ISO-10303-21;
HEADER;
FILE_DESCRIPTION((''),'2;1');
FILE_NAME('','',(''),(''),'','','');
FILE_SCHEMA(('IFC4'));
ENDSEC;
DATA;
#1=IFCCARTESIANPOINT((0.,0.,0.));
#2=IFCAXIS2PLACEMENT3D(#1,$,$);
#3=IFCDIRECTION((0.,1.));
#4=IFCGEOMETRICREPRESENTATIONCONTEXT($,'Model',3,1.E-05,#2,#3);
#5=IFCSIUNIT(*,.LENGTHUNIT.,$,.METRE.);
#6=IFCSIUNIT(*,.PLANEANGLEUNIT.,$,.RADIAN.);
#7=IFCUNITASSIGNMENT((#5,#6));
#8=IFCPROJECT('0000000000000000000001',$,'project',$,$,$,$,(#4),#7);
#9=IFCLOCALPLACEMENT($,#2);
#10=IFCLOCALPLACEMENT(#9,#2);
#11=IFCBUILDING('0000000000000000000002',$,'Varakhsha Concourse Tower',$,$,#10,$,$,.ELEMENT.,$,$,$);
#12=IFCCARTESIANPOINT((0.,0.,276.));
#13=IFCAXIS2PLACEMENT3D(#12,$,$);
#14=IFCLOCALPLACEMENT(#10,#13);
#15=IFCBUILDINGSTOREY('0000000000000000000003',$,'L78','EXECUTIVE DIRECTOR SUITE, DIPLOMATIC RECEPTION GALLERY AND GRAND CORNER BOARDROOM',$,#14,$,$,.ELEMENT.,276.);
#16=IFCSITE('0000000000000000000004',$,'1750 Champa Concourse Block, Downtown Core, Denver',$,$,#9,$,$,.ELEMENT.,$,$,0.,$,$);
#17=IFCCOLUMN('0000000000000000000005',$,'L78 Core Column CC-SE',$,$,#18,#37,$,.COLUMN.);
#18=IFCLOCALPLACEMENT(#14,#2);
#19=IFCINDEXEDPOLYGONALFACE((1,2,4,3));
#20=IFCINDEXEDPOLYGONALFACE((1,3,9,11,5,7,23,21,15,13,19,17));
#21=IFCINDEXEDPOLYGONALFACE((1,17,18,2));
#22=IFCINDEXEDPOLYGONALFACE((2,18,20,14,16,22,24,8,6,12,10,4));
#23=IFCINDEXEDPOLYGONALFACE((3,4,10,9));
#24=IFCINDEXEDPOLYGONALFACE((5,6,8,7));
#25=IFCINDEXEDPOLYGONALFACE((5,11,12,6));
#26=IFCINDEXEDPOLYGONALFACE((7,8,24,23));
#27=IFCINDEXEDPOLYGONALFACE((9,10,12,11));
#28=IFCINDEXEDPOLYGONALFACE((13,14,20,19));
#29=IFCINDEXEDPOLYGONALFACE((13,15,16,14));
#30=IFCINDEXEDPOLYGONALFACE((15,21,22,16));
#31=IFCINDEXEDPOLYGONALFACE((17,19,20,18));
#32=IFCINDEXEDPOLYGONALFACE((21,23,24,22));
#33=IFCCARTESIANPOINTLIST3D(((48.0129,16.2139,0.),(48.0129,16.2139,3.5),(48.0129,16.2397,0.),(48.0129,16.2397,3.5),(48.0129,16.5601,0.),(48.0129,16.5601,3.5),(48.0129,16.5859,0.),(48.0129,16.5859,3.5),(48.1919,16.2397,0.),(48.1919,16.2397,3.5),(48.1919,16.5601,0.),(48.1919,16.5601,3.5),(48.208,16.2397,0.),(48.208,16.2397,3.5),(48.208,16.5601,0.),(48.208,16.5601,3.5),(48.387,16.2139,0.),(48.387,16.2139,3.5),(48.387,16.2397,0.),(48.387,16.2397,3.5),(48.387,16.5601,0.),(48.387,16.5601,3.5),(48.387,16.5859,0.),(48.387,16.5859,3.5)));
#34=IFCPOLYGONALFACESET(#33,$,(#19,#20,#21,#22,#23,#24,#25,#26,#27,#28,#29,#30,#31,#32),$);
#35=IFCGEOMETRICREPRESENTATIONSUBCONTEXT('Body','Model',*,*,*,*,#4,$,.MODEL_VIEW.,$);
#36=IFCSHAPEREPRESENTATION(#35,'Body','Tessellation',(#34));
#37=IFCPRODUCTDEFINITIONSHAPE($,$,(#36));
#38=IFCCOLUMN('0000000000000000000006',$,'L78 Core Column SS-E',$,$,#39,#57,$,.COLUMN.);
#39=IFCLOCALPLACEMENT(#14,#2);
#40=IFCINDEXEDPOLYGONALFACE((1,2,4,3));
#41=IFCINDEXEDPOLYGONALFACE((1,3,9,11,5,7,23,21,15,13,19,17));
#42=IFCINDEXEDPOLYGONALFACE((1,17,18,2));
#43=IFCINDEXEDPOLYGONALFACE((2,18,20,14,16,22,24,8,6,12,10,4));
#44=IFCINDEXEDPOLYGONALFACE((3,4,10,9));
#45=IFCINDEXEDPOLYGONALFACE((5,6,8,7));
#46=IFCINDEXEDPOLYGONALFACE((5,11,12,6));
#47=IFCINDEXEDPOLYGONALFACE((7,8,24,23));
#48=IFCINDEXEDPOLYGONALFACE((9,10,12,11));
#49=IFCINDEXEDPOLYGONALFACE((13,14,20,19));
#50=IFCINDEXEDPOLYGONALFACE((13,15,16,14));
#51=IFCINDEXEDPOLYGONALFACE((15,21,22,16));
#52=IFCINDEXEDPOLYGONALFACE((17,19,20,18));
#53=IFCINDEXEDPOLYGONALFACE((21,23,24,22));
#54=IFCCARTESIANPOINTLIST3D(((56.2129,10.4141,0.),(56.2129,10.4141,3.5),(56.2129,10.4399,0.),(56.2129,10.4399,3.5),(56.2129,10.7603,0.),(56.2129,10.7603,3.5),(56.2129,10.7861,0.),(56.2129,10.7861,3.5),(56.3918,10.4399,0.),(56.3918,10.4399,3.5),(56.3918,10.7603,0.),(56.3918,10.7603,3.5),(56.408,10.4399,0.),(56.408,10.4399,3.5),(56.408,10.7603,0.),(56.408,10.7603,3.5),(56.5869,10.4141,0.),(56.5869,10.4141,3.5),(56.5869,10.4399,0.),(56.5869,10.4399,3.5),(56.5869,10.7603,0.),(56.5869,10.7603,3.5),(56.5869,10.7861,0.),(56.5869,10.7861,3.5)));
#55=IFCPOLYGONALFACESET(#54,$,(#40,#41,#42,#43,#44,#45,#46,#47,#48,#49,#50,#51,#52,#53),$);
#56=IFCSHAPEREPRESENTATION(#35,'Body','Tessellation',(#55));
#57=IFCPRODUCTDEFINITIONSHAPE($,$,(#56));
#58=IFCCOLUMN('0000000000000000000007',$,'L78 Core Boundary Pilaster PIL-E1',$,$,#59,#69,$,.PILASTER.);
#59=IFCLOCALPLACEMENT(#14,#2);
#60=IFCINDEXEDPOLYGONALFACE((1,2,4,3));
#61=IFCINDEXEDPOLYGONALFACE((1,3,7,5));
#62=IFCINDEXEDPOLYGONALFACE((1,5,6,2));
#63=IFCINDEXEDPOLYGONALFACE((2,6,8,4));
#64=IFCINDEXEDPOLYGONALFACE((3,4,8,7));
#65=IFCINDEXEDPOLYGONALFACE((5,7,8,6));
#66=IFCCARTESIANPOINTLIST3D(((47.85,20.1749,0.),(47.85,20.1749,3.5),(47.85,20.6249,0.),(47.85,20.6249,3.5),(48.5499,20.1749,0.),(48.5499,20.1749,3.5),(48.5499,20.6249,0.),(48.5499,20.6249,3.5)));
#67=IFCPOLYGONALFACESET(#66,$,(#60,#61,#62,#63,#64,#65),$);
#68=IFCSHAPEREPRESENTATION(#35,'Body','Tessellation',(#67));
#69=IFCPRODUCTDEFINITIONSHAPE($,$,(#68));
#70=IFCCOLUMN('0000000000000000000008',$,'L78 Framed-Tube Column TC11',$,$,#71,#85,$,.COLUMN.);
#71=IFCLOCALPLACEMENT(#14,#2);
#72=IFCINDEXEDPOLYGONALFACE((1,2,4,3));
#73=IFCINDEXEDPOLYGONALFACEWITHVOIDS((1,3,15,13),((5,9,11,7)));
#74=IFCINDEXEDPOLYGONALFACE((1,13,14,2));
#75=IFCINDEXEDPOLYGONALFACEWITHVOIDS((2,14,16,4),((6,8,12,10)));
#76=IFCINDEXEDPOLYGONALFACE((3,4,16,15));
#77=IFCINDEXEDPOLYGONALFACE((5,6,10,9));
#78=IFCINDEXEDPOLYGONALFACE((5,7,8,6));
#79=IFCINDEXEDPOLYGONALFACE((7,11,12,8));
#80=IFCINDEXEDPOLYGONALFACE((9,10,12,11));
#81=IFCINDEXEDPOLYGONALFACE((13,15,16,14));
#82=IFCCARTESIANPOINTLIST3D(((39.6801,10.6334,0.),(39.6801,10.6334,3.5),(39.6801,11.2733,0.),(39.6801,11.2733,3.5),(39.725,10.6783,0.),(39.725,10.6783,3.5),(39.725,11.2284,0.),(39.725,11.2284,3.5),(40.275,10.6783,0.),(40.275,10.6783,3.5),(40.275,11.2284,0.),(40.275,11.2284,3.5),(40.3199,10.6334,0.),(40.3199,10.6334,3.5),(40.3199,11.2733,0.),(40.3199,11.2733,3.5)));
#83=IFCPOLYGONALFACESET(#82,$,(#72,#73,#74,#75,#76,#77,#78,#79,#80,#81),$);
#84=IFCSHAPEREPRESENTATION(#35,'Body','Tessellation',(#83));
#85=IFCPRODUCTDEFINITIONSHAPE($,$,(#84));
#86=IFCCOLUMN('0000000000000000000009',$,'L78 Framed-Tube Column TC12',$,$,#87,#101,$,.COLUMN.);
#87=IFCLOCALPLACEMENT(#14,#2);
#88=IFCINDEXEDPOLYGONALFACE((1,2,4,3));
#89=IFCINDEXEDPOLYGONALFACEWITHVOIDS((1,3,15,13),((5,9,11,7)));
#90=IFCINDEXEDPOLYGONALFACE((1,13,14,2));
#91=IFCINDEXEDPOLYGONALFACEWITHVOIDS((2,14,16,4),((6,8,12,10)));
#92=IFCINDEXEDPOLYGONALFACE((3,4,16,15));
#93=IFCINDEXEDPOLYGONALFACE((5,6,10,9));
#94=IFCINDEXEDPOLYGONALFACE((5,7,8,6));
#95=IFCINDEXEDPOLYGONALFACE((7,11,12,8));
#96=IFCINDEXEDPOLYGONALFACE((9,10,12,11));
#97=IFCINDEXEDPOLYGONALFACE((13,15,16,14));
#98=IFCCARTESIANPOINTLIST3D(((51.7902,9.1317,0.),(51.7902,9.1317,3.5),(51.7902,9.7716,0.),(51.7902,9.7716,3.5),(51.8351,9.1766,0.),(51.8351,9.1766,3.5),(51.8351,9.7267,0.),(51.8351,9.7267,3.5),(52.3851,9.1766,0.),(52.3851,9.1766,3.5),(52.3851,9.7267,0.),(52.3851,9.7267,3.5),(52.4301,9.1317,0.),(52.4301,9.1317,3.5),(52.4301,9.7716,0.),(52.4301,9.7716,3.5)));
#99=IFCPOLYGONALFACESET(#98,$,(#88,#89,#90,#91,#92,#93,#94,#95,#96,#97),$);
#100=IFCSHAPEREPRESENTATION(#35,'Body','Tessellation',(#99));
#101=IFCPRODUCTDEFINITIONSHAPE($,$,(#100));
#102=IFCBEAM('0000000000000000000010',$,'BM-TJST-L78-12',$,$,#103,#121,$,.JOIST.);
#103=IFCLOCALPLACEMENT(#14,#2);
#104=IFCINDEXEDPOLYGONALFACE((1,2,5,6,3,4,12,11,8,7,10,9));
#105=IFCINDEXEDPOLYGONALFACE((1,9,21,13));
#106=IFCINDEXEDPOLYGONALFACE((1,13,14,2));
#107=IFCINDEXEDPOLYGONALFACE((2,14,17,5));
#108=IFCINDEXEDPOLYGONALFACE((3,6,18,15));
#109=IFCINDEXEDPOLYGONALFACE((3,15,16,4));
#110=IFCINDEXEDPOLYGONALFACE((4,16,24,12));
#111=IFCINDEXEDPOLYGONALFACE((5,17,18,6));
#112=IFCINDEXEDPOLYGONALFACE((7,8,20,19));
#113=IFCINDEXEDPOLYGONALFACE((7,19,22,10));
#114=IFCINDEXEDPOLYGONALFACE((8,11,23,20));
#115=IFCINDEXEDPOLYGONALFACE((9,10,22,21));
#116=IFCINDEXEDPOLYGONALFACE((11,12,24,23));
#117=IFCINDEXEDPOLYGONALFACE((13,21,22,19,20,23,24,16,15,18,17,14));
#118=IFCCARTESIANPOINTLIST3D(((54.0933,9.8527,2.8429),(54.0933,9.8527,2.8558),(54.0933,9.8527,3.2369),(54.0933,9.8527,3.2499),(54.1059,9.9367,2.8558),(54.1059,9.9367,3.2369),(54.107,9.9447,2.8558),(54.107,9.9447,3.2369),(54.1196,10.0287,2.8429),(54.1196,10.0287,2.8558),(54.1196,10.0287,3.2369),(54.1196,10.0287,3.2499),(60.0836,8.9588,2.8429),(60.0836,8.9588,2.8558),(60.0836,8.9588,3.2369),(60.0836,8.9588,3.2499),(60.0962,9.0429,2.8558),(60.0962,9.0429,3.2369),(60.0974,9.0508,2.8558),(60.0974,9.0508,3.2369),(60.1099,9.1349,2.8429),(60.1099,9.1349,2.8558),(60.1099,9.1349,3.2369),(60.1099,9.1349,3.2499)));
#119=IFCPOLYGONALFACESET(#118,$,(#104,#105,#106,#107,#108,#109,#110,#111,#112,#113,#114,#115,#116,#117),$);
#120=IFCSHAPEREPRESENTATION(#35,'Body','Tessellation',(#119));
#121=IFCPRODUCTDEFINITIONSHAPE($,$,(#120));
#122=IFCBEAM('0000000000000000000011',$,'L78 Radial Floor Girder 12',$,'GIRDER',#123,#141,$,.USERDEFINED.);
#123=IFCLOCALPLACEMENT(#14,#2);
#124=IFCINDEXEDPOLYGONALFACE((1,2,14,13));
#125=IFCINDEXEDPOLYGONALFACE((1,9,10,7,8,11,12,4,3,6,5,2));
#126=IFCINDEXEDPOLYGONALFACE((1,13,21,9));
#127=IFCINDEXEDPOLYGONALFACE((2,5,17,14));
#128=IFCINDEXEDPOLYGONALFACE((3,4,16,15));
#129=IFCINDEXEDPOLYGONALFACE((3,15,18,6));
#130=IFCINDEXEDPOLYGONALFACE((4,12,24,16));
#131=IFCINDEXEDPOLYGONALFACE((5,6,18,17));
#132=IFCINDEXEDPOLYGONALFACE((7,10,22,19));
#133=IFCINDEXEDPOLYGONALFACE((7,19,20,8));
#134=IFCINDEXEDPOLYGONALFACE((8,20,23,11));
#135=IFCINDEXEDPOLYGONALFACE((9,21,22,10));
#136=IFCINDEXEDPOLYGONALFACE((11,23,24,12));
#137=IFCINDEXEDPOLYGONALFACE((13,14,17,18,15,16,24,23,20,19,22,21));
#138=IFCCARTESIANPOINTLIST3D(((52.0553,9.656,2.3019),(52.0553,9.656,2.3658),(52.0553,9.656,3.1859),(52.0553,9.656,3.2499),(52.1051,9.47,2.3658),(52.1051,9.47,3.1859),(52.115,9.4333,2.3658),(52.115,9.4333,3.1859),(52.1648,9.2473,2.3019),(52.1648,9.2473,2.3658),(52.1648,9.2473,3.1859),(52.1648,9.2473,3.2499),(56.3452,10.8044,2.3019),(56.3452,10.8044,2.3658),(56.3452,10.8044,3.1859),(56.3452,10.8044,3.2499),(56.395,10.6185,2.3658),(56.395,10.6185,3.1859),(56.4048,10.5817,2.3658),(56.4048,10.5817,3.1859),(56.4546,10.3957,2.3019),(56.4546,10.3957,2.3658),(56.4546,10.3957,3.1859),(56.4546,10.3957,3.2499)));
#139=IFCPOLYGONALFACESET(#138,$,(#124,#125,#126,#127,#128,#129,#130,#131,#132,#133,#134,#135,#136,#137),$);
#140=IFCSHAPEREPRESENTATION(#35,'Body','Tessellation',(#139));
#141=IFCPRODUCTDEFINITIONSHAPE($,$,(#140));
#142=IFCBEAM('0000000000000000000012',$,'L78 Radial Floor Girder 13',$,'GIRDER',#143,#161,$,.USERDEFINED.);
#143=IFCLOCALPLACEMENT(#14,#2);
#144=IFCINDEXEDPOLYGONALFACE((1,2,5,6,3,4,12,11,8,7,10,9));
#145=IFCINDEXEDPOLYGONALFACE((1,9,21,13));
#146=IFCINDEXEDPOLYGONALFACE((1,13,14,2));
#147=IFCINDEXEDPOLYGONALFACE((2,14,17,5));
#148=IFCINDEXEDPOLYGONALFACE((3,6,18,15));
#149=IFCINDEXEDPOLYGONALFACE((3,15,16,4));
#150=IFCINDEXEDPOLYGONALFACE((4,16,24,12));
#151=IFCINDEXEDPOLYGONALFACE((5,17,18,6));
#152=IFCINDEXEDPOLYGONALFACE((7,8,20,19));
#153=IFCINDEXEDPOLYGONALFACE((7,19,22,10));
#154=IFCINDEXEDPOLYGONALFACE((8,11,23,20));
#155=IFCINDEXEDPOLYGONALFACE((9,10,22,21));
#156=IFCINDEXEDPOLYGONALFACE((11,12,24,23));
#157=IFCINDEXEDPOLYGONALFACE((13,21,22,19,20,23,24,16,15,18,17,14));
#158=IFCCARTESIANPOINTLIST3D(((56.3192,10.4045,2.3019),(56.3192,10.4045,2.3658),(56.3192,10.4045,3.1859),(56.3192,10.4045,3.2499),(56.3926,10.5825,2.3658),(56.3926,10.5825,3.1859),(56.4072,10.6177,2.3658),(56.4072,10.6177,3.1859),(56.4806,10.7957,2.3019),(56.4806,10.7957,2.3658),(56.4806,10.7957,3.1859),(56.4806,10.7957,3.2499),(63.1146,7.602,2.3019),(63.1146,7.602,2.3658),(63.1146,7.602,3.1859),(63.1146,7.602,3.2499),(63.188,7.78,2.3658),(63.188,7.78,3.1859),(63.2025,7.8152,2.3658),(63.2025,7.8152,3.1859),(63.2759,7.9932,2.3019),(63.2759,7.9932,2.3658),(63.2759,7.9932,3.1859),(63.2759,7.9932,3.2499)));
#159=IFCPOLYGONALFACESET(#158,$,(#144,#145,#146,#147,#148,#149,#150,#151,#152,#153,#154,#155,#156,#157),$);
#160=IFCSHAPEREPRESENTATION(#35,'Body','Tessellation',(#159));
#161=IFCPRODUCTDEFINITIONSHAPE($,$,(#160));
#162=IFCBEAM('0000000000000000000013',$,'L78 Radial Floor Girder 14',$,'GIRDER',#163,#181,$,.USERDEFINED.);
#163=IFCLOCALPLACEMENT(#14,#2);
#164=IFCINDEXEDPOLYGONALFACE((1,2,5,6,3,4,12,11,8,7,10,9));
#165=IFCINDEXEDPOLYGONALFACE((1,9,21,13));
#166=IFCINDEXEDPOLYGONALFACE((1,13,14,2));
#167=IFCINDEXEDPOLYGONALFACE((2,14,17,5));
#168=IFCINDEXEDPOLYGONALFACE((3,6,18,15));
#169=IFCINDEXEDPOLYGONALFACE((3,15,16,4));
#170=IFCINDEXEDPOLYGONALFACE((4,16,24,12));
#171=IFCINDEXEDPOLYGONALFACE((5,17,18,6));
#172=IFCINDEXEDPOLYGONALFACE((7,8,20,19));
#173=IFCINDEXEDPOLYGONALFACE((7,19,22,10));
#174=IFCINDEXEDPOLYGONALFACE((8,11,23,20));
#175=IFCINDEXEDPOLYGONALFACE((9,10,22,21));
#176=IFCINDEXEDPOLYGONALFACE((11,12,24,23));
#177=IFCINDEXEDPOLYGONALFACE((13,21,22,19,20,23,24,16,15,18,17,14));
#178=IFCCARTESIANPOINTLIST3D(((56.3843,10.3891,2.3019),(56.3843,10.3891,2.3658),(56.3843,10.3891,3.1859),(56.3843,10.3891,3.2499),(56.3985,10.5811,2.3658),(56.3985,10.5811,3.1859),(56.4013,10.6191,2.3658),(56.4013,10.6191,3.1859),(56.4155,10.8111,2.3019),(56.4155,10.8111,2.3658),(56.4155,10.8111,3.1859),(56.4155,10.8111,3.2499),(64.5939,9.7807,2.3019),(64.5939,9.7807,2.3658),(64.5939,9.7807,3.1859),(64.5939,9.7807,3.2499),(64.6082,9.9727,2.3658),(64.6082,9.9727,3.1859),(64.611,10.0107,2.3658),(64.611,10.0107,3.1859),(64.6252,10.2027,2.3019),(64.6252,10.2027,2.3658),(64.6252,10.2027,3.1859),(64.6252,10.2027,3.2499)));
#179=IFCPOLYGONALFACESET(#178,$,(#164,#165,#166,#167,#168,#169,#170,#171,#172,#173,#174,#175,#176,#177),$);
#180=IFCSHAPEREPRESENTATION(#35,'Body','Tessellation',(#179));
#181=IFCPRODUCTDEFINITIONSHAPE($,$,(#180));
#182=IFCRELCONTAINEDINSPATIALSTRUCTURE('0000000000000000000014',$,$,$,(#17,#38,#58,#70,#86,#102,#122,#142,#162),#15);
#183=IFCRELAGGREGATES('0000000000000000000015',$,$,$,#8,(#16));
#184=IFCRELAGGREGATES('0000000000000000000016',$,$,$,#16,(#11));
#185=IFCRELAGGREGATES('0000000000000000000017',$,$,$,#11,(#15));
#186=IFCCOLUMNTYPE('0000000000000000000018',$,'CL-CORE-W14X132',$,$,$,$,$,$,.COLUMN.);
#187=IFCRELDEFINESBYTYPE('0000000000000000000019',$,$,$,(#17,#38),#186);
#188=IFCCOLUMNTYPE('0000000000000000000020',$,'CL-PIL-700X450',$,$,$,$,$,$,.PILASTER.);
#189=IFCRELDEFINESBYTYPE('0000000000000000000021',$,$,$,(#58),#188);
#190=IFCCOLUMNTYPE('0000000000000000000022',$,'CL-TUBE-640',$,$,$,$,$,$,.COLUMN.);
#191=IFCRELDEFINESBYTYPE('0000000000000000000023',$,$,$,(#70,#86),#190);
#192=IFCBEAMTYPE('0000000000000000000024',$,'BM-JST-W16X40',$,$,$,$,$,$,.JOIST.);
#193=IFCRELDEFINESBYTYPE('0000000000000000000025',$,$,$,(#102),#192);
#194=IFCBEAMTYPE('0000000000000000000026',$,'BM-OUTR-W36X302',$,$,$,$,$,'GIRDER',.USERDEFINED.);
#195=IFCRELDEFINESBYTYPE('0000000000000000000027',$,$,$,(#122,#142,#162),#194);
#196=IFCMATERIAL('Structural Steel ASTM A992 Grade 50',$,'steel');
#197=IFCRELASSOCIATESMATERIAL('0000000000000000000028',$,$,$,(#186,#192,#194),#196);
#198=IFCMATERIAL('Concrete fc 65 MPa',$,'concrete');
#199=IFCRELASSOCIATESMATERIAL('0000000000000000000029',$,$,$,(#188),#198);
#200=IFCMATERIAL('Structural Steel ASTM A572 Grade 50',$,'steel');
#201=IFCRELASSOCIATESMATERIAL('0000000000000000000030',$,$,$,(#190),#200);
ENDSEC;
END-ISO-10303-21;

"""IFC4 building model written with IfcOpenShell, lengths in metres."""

from ifc_helpers import new_model, si_unit, direction, frame, origin, origin_2d, place, context, subcontext, project, spatial, rectangle, hollow_rectangle, i_section, extrude, material, material_profile, profile_set, type_object, element, save


model = new_model("IFC4")

# Units and contexts
model_context = context("Model", 3, precision=1e-05, world=origin(), true_north=direction((0.0, 1.0)))
body_context = subcontext(model_context, "Body", "Model", "MODEL_VIEW")
ifc_project = project(units=[si_unit("LENGTHUNIT", "METRE"), si_unit("PLANEANGLEUNIT", "RADIAN")], contexts=[model_context])

# Site, building, storey
site_placement = place(None, origin())
site = spatial("IfcSite", under=ifc_project, at=site_placement, Name="1750 Champa Concourse Block, Downtown Core, Denver", CompositionType="ELEMENT", RefElevation=0.0)
building_placement = place(site_placement, origin())
building = spatial("IfcBuilding", under=site, at=building_placement, Name="Varakhsha Concourse Tower", CompositionType="ELEMENT")
storey_placement = place(building_placement, frame((0.0, 0.0, 276.0)))
storey = spatial("IfcBuildingStorey", under=building, at=storey_placement, Name="L78", Description="EXECUTIVE DIRECTOR SUITE, DIPLOMATIC RECEPTION GALLERY AND GRAND CORNER BOARDROOM", CompositionType="ELEMENT", Elevation=276.0)

# Columns
ifc_material_1 = material(Name="Structural Steel ASTM A992 Grade 50", Category="steel")
ifc_material_profile_1 = material_profile(ifc_material_1, i_section(OverallWidth=0.374, OverallDepth=0.3721, WebThickness=0.0161, FlangeThickness=0.0259, at=origin_2d()), Name="W14X132")
ifc_profile_set_1 = profile_set([ifc_material_profile_1], Name="Structural Steel ASTM A992 Grade 50")
column_type_1 = type_object("IfcColumnType", Name="CL-CORE-W14X132", PredefinedType="COLUMN", material=ifc_profile_set_1)
for number, where, z_axis, x_axis, name in (
    (1, (48.2, 16.3999, 0.0), (0.0, 0.0, 1.0), (1.0, 0.0, 0.0), "L78 Core Column CC-SE"),
    (2, (56.3999, 10.6001, 0.0), (0.0, 0.0, 1.0), (1.0, 0.0, 0.0), "L78 Core Column SS-E"),
):
    element("IfcColumn", number, at=place(storey_placement, frame(where, z_axis=z_axis, x_axis=x_axis)), inside=storey, type_object=column_type_1, Name=name, PredefinedType="COLUMN", context=body_context, shape_type="SweptSolid", body=[
        extrude(i_section(OverallWidth=0.374, OverallDepth=0.3721, WebThickness=0.0161, FlangeThickness=0.0259, at=origin_2d()), origin(), (0.0, 0.0, 1.0), 3.5),
    ])
ifc_material_2 = material(Name="Concrete fc 65 MPa", Category="concrete")
ifc_material_profile_2 = material_profile(ifc_material_2, rectangle(XDim=0.7, YDim=0.45, at=origin_2d()), Name="RC 700x450")
ifc_profile_set_2 = profile_set([ifc_material_profile_2], Name="Concrete fc 65 MPa")
column_type_2 = type_object("IfcColumnType", Name="CL-PIL-700X450", PredefinedType="PILASTER", material=ifc_profile_set_2)
column_placement = place(storey_placement, frame((48.2, 20.3999, 0.0), z_axis=(0.0, 0.0, 1.0), x_axis=(1.0, 0.0, 0.0)))
element("IfcColumn", 3, at=column_placement, inside=storey, type_object=column_type_2, Name="L78 Core Boundary Pilaster PIL-E1", PredefinedType="PILASTER", context=body_context, shape_type="SweptSolid", body=[
    extrude(rectangle(XDim=0.7, YDim=0.45, at=origin_2d()), origin(), (0.0, 0.0, 1.0), 3.5),
])
ifc_material_3 = material(Name="Structural Steel ASTM A572 Grade 50", Category="steel")
ifc_material_profile_3 = material_profile(ifc_material_3, hollow_rectangle(XDim=0.6399, YDim=0.6399, WallThickness=0.0449, at=origin_2d()), Name="BOX 640x640x45")
ifc_profile_set_3 = profile_set([ifc_material_profile_3], Name="Structural Steel ASTM A572 Grade 50")
column_type_3 = type_object("IfcColumnType", Name="CL-TUBE-640", PredefinedType="COLUMN", material=ifc_profile_set_3)
for number, where, z_axis, x_axis, name in (
    (4, (40.0, 10.9534, 0.0), (0.0, 0.0, 1.0), (1.0, 0.0, 0.0), "L78 Framed-Tube Column TC11"),
    (5, (52.1101, 9.4517, 0.0), (0.0, 0.0, 1.0), (1.0, 0.0, 0.0), "L78 Framed-Tube Column TC12"),
):
    element("IfcColumn", number, at=place(storey_placement, frame(where, z_axis=z_axis, x_axis=x_axis)), inside=storey, type_object=column_type_3, Name=name, PredefinedType="COLUMN", context=body_context, shape_type="SweptSolid", body=[
        extrude(hollow_rectangle(XDim=0.6399, YDim=0.6399, WallThickness=0.0449, at=origin_2d()), origin(), (0.0, 0.0, 1.0), 3.5),
    ])

# Beams
ifc_material_profile_4 = material_profile(ifc_material_1, i_section(OverallWidth=0.178, OverallDepth=0.407, WebThickness=0.0081, FlangeThickness=0.0129, at=origin_2d()), Name="W16X40")
ifc_profile_set_4 = profile_set([ifc_material_profile_4], Name="Structural Steel ASTM A992 Grade 50")
beam_type_1 = type_object("IfcBeamType", Name="BM-JST-W16X40", PredefinedType="JOIST", material=ifc_profile_set_4)
beam_1_placement = place(storey_placement, frame((54.1064, 9.9407, 3.0464), z_axis=(0.989051, -0.147576, 0.0), x_axis=(0.147576, 0.989051, 0.0)))
element("IfcBeam", 6, at=beam_1_placement, inside=storey, type_object=beam_type_1, Name="BM-TJST-L78-12", PredefinedType="JOIST", context=body_context, shape_type="SweptSolid", body=[
    extrude(i_section(OverallWidth=0.178, OverallDepth=0.407, WebThickness=0.0081, FlangeThickness=0.0129, at=origin_2d()), origin(), (0.0, 0.0, 1.0), 6.0566),
])
ifc_material_profile_5 = material_profile(ifc_material_1, i_section(OverallWidth=0.4231, OverallDepth=0.948, WebThickness=0.0381, FlangeThickness=0.064, at=origin_2d()), Name="W36X302")
ifc_profile_set_5 = profile_set([ifc_material_profile_5], Name="Structural Steel ASTM A992 Grade 50")
beam_type_2 = type_object("IfcBeamType", Name="BM-OUTR-W36X302", ElementType="GIRDER", PredefinedType="USERDEFINED", material=ifc_profile_set_5)
beam_2_placement = place(storey_placement, frame((56.3999, 10.6001, 2.7759), z_axis=(-0.965983, -0.258607, 0.0), x_axis=(0.258607, -0.965983, 0.0)))
element("IfcBeam", 7, at=beam_2_placement, inside=storey, type_object=beam_type_2, Name="L78 Radial Floor Girder 12", ObjectType="GIRDER", PredefinedType="USERDEFINED", context=body_context, shape_type="SweptSolid", body=[
    extrude(i_section(OverallWidth=0.4231, OverallDepth=0.948, WebThickness=0.0381, FlangeThickness=0.064, at=origin_2d()), origin(), (0.0, 0.0, 1.0), 4.4409),
])
beam_3_placement = place(storey_placement, frame((56.3999, 10.6001, 2.7759), z_axis=(0.924468, -0.381259, 0.0), x_axis=(0.381259, 0.924468, 0.0)))
element("IfcBeam", 8, at=beam_3_placement, inside=storey, type_object=beam_type_2, Name="L78 Radial Floor Girder 13", ObjectType="GIRDER", PredefinedType="USERDEFINED", context=body_context, shape_type="SweptSolid", body=[
    extrude(i_section(OverallWidth=0.4231, OverallDepth=0.948, WebThickness=0.0381, FlangeThickness=0.064, at=origin_2d()), origin(), (0.0, 0.0, 1.0), 7.3506),
])
beam_4_placement = place(storey_placement, frame((56.3999, 10.6001, 2.7759), z_axis=(0.997265, -0.073904, 0.0), x_axis=(0.073904, 0.997265, 0.0)))
element("IfcBeam", 9, at=beam_4_placement, inside=storey, type_object=beam_type_2, Name="L78 Radial Floor Girder 14", ObjectType="GIRDER", PredefinedType="USERDEFINED", context=body_context, shape_type="SweptSolid", body=[
    extrude(i_section(OverallWidth=0.4231, OverallDepth=0.948, WebThickness=0.0381, FlangeThickness=0.064, at=origin_2d()), origin(), (0.0, 0.0, 1.0), 8.2322),
])

save(model, "model.ifc")
